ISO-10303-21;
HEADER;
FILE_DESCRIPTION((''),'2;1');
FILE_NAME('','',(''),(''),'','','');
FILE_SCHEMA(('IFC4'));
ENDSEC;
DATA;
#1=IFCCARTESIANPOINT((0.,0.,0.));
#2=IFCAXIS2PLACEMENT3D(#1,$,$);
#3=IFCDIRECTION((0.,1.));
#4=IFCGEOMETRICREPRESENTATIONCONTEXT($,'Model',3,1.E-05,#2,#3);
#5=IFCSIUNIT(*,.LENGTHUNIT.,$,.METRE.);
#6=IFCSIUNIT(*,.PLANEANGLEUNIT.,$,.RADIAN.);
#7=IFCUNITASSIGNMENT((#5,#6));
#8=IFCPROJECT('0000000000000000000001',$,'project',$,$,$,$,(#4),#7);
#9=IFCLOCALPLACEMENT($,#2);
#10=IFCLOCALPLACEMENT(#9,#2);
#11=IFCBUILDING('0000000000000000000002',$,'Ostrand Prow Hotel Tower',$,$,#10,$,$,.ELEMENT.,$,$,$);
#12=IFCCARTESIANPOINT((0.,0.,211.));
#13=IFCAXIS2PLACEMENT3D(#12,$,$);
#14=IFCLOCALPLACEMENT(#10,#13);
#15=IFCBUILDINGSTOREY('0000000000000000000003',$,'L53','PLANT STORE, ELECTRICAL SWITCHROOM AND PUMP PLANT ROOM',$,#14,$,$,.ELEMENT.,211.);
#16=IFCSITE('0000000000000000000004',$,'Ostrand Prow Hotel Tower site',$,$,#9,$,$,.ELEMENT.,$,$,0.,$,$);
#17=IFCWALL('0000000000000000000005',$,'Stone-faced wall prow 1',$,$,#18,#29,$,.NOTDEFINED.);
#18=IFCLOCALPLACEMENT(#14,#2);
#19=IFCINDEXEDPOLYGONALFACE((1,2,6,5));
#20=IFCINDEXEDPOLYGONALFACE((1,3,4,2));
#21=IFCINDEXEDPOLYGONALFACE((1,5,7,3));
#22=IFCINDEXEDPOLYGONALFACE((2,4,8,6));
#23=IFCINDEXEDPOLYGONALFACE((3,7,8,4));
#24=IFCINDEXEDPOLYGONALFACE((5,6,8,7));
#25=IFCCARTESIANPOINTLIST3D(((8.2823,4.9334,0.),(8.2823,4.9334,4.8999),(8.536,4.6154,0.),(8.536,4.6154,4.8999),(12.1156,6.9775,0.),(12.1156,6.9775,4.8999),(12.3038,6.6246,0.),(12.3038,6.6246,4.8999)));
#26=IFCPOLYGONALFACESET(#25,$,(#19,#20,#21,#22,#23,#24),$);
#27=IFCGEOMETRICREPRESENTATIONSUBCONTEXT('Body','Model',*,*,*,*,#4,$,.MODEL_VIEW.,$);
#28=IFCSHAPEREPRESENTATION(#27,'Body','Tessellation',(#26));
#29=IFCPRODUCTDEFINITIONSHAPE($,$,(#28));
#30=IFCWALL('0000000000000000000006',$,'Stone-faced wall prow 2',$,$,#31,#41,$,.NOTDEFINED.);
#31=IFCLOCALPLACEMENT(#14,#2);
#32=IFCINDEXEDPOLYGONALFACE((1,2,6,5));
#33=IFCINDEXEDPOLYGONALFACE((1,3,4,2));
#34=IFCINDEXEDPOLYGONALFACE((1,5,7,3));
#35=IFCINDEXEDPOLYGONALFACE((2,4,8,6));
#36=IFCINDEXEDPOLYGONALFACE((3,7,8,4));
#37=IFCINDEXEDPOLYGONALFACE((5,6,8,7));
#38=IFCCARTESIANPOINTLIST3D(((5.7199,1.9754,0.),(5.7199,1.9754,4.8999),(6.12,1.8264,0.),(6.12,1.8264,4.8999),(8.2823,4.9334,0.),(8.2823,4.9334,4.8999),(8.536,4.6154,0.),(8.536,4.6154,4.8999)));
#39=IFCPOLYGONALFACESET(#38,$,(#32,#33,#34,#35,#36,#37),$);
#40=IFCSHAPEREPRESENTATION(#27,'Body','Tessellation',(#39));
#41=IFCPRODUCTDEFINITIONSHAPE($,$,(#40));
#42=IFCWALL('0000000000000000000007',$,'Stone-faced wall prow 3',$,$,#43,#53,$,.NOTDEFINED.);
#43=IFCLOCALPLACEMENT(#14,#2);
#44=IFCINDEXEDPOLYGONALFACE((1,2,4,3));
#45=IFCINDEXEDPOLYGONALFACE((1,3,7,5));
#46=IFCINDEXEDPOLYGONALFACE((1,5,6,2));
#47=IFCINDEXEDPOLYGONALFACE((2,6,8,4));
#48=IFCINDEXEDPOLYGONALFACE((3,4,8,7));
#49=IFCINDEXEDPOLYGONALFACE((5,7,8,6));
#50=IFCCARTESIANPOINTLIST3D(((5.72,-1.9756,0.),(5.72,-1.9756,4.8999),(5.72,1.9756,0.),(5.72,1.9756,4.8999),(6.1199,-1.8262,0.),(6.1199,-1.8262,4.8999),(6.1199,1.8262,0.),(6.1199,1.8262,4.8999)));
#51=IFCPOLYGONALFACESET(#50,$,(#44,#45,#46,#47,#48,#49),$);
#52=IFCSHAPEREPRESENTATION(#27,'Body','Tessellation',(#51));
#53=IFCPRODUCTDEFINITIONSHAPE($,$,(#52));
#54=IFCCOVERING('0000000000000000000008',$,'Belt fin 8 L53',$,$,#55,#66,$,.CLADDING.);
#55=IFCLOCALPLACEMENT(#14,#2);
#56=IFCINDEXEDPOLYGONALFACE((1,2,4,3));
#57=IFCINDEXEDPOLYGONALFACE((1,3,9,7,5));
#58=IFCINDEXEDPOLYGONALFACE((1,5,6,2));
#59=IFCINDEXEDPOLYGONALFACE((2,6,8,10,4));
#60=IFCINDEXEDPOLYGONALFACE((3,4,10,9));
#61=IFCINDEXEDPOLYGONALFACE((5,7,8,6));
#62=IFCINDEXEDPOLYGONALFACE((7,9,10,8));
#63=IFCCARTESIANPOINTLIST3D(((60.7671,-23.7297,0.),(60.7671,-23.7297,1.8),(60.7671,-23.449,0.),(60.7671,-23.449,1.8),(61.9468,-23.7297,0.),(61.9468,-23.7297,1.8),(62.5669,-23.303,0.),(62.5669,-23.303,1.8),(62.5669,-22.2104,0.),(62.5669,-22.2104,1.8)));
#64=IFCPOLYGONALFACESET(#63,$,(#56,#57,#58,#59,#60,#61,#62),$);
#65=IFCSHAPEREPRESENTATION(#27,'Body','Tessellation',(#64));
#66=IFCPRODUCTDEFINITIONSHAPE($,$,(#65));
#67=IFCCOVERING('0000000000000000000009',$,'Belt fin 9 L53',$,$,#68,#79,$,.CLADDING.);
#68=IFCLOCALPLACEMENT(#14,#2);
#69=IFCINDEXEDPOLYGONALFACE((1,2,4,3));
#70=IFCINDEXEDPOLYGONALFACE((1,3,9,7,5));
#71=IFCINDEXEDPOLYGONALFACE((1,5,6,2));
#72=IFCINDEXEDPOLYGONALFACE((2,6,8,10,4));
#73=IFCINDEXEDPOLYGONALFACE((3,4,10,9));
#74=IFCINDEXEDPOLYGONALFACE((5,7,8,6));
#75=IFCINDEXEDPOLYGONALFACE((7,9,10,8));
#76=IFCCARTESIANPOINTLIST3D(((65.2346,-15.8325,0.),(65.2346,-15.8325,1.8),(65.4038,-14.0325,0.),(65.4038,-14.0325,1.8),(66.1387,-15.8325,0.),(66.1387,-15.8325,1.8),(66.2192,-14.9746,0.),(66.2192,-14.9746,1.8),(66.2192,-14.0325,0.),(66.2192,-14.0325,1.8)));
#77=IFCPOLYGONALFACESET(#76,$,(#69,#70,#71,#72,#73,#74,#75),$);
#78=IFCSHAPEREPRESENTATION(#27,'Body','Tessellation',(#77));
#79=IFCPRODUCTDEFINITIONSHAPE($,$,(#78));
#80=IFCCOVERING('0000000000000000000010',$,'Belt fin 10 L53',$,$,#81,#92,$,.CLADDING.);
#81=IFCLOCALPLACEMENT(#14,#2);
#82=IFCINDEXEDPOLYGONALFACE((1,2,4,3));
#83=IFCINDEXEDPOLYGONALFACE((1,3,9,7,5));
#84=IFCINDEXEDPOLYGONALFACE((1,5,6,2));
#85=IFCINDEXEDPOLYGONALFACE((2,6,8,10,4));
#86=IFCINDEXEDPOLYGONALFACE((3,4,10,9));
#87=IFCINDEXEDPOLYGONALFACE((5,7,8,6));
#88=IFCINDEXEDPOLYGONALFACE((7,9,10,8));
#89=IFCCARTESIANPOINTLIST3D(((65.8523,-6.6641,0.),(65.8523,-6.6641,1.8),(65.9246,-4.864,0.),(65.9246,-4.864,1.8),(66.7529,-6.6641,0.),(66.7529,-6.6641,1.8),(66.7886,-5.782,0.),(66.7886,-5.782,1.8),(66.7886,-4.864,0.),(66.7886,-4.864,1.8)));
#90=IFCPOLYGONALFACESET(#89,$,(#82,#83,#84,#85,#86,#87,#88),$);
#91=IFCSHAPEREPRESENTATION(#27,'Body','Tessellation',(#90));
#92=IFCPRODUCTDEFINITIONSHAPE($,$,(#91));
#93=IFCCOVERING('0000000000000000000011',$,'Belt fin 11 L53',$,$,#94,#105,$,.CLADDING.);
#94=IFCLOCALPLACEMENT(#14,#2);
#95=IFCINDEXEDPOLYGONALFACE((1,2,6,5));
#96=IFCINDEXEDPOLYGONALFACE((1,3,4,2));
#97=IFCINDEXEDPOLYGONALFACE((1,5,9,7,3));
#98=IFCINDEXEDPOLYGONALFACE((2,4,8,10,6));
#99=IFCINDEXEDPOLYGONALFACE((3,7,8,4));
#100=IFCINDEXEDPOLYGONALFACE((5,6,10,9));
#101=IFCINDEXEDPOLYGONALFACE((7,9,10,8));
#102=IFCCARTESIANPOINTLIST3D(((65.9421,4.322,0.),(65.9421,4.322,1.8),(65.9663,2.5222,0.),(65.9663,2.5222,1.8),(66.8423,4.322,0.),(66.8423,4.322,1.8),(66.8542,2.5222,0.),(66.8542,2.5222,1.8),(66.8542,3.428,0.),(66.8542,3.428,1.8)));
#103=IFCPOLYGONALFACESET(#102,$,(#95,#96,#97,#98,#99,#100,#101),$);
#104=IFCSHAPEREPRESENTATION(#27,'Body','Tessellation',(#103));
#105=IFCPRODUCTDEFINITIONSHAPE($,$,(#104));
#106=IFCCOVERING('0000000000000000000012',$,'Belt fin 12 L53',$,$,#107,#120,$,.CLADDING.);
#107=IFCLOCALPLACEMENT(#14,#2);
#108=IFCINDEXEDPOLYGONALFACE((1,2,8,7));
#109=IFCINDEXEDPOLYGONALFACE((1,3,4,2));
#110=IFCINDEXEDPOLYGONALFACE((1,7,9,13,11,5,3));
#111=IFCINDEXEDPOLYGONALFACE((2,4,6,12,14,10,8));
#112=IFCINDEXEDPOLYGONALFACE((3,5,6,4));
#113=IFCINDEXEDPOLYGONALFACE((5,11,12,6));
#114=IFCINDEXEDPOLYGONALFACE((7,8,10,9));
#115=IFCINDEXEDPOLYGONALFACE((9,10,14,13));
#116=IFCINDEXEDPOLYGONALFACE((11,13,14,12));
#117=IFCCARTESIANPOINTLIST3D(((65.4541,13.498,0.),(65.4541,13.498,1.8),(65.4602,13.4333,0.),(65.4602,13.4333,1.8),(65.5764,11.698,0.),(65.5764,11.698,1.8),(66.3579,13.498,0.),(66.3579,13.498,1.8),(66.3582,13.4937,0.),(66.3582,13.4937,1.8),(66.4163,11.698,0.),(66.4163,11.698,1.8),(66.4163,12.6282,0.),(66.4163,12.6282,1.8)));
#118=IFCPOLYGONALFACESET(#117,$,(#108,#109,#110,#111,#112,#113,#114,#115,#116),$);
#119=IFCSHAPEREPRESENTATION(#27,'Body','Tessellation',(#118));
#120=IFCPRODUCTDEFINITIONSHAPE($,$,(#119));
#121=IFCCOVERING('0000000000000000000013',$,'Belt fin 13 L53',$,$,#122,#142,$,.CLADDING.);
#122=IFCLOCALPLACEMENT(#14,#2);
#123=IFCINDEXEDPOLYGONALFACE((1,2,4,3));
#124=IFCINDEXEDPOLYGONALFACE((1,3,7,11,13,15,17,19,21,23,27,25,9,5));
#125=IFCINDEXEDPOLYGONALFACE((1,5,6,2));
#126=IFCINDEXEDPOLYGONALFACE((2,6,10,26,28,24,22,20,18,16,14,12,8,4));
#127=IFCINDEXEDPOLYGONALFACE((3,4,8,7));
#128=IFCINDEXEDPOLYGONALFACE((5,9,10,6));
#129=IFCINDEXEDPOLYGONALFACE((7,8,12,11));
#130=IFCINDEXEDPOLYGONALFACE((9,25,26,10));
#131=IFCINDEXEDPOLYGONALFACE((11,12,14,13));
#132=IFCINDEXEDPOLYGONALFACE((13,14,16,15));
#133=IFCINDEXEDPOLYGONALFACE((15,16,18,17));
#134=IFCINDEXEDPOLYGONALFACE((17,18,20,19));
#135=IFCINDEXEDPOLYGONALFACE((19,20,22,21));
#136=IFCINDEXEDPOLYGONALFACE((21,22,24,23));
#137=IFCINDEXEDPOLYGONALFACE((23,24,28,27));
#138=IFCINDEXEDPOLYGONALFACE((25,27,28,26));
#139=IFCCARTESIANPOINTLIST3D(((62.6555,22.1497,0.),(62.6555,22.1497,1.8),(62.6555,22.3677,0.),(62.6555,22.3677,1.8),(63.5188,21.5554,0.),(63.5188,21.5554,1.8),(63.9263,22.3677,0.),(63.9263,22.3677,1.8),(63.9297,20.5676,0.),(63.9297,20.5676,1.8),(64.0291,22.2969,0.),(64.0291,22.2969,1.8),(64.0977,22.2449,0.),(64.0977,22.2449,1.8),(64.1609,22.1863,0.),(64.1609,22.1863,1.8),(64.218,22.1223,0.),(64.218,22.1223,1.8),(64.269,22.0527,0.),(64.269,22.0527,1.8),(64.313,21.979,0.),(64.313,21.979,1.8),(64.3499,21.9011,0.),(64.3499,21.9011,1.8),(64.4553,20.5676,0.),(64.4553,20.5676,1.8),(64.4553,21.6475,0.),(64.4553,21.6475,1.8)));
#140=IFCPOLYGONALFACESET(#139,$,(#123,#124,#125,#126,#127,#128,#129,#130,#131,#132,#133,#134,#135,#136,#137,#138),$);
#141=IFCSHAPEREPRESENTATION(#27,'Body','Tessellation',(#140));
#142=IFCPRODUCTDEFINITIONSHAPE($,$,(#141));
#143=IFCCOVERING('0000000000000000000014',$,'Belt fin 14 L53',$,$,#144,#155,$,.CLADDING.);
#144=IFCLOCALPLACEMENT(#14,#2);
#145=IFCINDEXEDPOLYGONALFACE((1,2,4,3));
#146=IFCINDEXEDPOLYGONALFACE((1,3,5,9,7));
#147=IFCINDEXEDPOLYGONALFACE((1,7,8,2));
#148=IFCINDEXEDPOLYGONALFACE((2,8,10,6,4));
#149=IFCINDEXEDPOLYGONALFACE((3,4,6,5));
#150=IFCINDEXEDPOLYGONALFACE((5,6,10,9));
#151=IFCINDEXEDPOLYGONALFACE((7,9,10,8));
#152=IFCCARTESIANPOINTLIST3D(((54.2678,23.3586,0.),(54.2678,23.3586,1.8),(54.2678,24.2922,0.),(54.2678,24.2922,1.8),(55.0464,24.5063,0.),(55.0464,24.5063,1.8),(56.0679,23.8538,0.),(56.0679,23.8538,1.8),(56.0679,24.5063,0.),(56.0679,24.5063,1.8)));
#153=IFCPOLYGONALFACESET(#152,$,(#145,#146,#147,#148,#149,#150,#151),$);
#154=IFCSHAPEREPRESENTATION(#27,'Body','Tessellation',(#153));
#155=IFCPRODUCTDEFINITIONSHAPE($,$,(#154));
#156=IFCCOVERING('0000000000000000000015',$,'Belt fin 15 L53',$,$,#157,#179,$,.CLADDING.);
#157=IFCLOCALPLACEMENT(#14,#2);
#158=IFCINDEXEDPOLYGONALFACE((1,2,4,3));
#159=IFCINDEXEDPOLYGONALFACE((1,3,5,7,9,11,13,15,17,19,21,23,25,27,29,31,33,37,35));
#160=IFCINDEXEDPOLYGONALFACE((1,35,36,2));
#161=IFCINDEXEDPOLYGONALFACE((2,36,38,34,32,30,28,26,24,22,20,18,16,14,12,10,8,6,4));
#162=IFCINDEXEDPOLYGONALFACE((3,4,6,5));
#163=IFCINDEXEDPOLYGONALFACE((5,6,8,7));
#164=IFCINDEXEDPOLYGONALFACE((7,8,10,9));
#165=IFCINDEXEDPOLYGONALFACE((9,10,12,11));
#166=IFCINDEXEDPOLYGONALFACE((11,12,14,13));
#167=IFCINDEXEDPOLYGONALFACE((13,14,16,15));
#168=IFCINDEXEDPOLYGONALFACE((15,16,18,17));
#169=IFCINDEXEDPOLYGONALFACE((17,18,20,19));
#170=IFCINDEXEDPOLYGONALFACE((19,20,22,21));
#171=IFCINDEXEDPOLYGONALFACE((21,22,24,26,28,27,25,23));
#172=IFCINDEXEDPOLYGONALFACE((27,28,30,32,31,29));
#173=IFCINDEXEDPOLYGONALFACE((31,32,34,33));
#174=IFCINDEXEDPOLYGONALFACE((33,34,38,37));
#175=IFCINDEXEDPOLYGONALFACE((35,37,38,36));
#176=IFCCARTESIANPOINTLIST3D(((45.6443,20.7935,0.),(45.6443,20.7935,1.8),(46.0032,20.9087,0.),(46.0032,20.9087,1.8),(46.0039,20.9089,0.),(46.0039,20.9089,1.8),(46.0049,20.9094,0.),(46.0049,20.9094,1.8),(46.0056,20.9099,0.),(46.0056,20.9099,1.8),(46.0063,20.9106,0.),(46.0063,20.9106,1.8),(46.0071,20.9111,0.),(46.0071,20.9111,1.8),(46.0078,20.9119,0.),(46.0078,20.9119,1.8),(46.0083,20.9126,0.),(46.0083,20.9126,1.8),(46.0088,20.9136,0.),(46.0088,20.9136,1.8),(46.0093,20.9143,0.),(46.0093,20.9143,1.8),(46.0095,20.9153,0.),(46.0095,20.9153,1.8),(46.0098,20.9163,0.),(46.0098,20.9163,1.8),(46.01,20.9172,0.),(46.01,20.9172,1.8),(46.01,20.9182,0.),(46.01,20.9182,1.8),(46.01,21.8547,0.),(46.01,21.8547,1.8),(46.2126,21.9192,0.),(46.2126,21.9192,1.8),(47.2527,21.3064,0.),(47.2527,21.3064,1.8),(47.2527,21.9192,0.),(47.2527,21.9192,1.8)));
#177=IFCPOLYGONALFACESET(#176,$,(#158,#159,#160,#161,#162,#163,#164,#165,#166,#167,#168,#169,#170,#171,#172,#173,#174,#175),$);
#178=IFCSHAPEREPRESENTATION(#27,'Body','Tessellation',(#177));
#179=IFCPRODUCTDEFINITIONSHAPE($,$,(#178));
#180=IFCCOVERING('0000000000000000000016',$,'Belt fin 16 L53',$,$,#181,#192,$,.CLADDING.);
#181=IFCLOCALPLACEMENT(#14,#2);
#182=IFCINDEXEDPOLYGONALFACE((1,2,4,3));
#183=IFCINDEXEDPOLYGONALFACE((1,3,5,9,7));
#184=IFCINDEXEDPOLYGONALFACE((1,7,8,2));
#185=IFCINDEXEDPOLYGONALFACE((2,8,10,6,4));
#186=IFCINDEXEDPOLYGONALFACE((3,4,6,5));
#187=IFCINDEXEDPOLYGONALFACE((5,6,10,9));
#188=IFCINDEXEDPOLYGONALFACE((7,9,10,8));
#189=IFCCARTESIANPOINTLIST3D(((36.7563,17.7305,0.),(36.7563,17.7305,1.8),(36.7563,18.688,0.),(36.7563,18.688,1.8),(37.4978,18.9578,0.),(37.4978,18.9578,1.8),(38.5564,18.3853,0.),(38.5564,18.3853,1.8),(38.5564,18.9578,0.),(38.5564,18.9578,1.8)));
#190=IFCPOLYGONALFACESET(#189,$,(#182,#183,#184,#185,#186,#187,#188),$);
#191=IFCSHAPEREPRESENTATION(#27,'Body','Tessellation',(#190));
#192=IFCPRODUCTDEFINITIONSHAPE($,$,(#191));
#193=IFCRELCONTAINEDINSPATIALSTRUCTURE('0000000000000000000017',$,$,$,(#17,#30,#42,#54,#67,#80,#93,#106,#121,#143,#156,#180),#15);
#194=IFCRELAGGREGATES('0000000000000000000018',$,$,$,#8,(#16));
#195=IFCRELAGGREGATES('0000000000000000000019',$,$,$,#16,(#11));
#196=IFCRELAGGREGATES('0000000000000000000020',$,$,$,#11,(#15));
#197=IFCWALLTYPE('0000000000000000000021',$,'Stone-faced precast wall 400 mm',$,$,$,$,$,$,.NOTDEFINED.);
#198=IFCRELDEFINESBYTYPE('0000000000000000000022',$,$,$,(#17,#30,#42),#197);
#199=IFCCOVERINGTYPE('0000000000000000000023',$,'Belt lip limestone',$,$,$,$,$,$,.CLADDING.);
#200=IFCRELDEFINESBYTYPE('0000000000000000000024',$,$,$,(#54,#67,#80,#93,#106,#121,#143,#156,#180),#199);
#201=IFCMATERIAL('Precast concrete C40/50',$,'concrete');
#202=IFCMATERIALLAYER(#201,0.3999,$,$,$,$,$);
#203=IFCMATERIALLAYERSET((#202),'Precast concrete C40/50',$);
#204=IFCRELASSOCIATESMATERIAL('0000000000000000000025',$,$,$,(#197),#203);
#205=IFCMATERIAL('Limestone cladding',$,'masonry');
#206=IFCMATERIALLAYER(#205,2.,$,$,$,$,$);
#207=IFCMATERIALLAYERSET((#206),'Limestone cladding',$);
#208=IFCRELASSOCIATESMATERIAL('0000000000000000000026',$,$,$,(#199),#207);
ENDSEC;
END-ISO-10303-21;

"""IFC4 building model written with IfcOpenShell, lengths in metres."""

from ifc_helpers import new_model, si_unit, direction, frame, origin, place, context, subcontext, project, spatial, polyline, outline, extrude, material, layer, layer_set, type_object, element, save


model = new_model("IFC4")

# Units and contexts
model_context = context("Model", 3, precision=1e-05, world=origin(), true_north=direction((0.0, 1.0)))
body_context = subcontext(model_context, "Body", "Model", "MODEL_VIEW")
ifc_project = project(units=[si_unit("LENGTHUNIT", "METRE"), si_unit("PLANEANGLEUNIT", "RADIAN")], contexts=[model_context])

# Site, building, storey
site_placement = place(None, origin())
site = spatial("IfcSite", under=ifc_project, at=site_placement, Name="Ostrand Prow Hotel Tower site", CompositionType="ELEMENT", RefElevation=0.0)
building_placement = place(site_placement, origin())
building = spatial("IfcBuilding", under=site, at=building_placement, Name="Ostrand Prow Hotel Tower", CompositionType="ELEMENT")
storey_placement = place(building_placement, frame((0.0, 0.0, 211.0)))
storey = spatial("IfcBuildingStorey", under=building, at=storey_placement, Name="L53", Description="PLANT STORE, ELECTRICAL SWITCHROOM AND PUMP PLANT ROOM", CompositionType="ELEMENT", Elevation=211.0)

# Walls
ifc_material_1 = material(Name="Precast concrete C40/50", Category="concrete")
ifc_layer_1 = layer(ifc_material_1, 0.3999)
ifc_layer_set_1 = layer_set([ifc_layer_1], Name="Precast concrete C40/50")
wall_type_1 = type_object("IfcWallType", Name="Stone-faced precast wall 400 mm", PredefinedType="NOTDEFINED", material=ifc_layer_set_1)
wall_1_placement = place(storey_placement, frame((12.2097, 6.801, 0.0), z_axis=(0.0, 0.0, 1.0), x_axis=(-0.882386, -0.470526, 0.0)))
element("IfcWall", 1, at=wall_1_placement, inside=storey, type_object=wall_type_1, Name="Stone-faced wall prow 1", PredefinedType="NOTDEFINED", context=body_context, shape_type="SweptSolid", body=[
    extrude(outline(polyline([(0.0, -0.2), (4.3442, -0.2), (4.27, 0.2), (0.0, 0.2), (0.0, -0.2)])), origin(), (0.0, 0.0, 1.0), 4.8999),
])
wall_2_placement = place(storey_placement, frame((8.4092, 4.7744, 0.0), z_axis=(0.0, 0.0, 1.0), x_axis=(-0.654759, -0.755837, 0.0)))
element("IfcWall", 2, at=wall_2_placement, inside=storey, type_object=wall_type_1, Name="Stone-faced wall prow 2", PredefinedType="NOTDEFINED", context=body_context, shape_type="SweptSolid", body=[
    extrude(outline(polyline([(-0.0371, -0.2), (3.8765, -0.2), (3.7271, 0.2), (0.0371, 0.2), (-0.0371, -0.2)])), origin(), (0.0, 0.0, 1.0), 4.8999),
])
wall_3_placement = place(storey_placement, frame((5.9199, 1.9009, 0.0), z_axis=(0.0, 0.0, 1.0), x_axis=(0.0, -1.0, 0.0)))
element("IfcWall", 3, at=wall_3_placement, inside=storey, type_object=wall_type_1, Name="Stone-faced wall prow 3", PredefinedType="NOTDEFINED", context=body_context, shape_type="SweptSolid", body=[
    extrude(outline(polyline([(-0.0747, -0.2), (3.8765, -0.2), (3.7271, 0.2), (0.0747, 0.2), (-0.0747, -0.2)])), origin(), (0.0, 0.0, 1.0), 4.8999),
])

# Coverings
ifc_material_2 = material(Name="Limestone cladding", Category="masonry")
ifc_layer_2 = layer(ifc_material_2, 2.0)
ifc_layer_set_2 = layer_set([ifc_layer_2], Name="Limestone cladding")
covering_type_1 = type_object("IfcCoveringType", Name="Belt lip limestone", PredefinedType="CLADDING", material=ifc_layer_set_2)
covering_1_placement = place(storey_placement, origin())
element("IfcCovering", 4, at=covering_1_placement, inside=storey, type_object=covering_type_1, Name="Belt fin 8 L53", PredefinedType="CLADDING", context=body_context, shape_type="SweptSolid", body=[
    extrude(outline(polyline([(61.9468, -23.7297), (62.5669, -23.303), (62.5669, -22.2104), (60.7671, -23.449), (60.7671, -23.7297), (61.9468, -23.7297)])), origin(), (0.0, 0.0, 1.0), 1.8),
])
covering_2_placement = place(storey_placement, origin())
element("IfcCovering", 5, at=covering_2_placement, inside=storey, type_object=covering_type_1, Name="Belt fin 9 L53", PredefinedType="CLADDING", context=body_context, shape_type="SweptSolid", body=[
    extrude(outline(polyline([(66.1387, -15.8325), (66.2192, -14.9746), (66.2192, -14.0325), (65.4038, -14.0325), (65.2346, -15.8325), (66.1387, -15.8325)])), origin(), (0.0, 0.0, 1.0), 1.8),
])
covering_3_placement = place(storey_placement, origin())
element("IfcCovering", 6, at=covering_3_placement, inside=storey, type_object=covering_type_1, Name="Belt fin 10 L53", PredefinedType="CLADDING", context=body_context, shape_type="SweptSolid", body=[
    extrude(outline(polyline([(66.7529, -6.6641), (66.7886, -5.782), (66.7886, -4.864), (65.9246, -4.864), (65.8523, -6.6641), (66.7529, -6.6641)])), origin(), (0.0, 0.0, 1.0), 1.8),
])
covering_4_placement = place(storey_placement, origin())
element("IfcCovering", 7, at=covering_4_placement, inside=storey, type_object=covering_type_1, Name="Belt fin 11 L53", PredefinedType="CLADDING", context=body_context, shape_type="SweptSolid", body=[
    extrude(outline(polyline([(66.8542, 3.428), (66.8423, 4.322), (65.9421, 4.322), (65.9663, 2.5222), (66.8542, 2.5222), (66.8542, 3.428)])), origin(), (0.0, 0.0, 1.0), 1.8),
])
covering_5_placement = place(storey_placement, origin())
element("IfcCovering", 8, at=covering_5_placement, inside=storey, type_object=covering_type_1, Name="Belt fin 12 L53", PredefinedType="CLADDING", context=body_context, shape_type="SweptSolid", body=[
    extrude(outline(polyline([(66.3582, 13.4937), (66.3579, 13.498), (65.4541, 13.498), (65.4602, 13.4333), (65.5764, 11.698), (66.4163, 11.698), (66.4163, 12.6282), (66.3582, 13.4937)])), origin(), (0.0, 0.0, 1.0), 1.8),
])
covering_6_placement = place(storey_placement, origin())
element("IfcCovering", 9, at=covering_6_placement, inside=storey, type_object=covering_type_1, Name="Belt fin 13 L53", PredefinedType="CLADDING", context=body_context, shape_type="SweptSolid", body=[
    extrude(outline(polyline([(64.0291, 22.2969), (63.9263, 22.3677), (62.6555, 22.3677), (62.6555, 22.1497), (63.5188, 21.5554), (63.9297, 20.5676), (64.4553, 20.5676), (64.4553, 21.6475), (64.3499, 21.9011), (64.313, 21.979), (64.269, 22.0527), (64.218, 22.1223), (64.1609, 22.1863), (64.0977, 22.2449), (64.0291, 22.2969)])), origin(), (0.0, 0.0, 1.0), 1.8),
])
covering_7_placement = place(storey_placement, origin())
element("IfcCovering", 10, at=covering_7_placement, inside=storey, type_object=covering_type_1, Name="Belt fin 14 L53", PredefinedType="CLADDING", context=body_context, shape_type="SweptSolid", body=[
    extrude(outline(polyline([(55.0464, 24.5063), (54.2678, 24.2922), (54.2678, 23.3586), (56.0679, 23.8538), (56.0679, 24.5063), (55.0464, 24.5063)])), origin(), (0.0, 0.0, 1.0), 1.8),
])
covering_8_placement = place(storey_placement, origin())
element("IfcCovering", 11, at=covering_8_placement, inside=storey, type_object=covering_type_1, Name="Belt fin 15 L53", PredefinedType="CLADDING", context=body_context, shape_type="SweptSolid", body=[
    extrude(outline(polyline([(45.6443, 20.7935), (47.2527, 21.3064), (47.2527, 21.9192), (46.2126, 21.9192), (46.01, 21.8547), (46.01, 20.9182), (46.01, 20.9172), (46.0098, 20.9163), (46.0095, 20.9153), (46.0093, 20.9143), (46.0088, 20.9136), (46.0083, 20.9126), (46.0078, 20.9119), (46.0071, 20.9111), (46.0063, 20.9106), (46.0056, 20.9099), (46.0049, 20.9094), (46.0039, 20.9089), (46.0032, 20.9087), (45.6443, 20.7935)])), origin(), (0.0, 0.0, 1.0), 1.8),
])
covering_9_placement = place(storey_placement, origin())
element("IfcCovering", 12, at=covering_9_placement, inside=storey, type_object=covering_type_1, Name="Belt fin 16 L53", PredefinedType="CLADDING", context=body_context, shape_type="SweptSolid", body=[
    extrude(outline(polyline([(37.4978, 18.9578), (36.7563, 18.688), (36.7563, 17.7305), (38.5564, 18.3853), (38.5564, 18.9578), (37.4978, 18.9578)])), origin(), (0.0, 0.0, 1.0), 1.8),
])

save(model, "model.ifc")
